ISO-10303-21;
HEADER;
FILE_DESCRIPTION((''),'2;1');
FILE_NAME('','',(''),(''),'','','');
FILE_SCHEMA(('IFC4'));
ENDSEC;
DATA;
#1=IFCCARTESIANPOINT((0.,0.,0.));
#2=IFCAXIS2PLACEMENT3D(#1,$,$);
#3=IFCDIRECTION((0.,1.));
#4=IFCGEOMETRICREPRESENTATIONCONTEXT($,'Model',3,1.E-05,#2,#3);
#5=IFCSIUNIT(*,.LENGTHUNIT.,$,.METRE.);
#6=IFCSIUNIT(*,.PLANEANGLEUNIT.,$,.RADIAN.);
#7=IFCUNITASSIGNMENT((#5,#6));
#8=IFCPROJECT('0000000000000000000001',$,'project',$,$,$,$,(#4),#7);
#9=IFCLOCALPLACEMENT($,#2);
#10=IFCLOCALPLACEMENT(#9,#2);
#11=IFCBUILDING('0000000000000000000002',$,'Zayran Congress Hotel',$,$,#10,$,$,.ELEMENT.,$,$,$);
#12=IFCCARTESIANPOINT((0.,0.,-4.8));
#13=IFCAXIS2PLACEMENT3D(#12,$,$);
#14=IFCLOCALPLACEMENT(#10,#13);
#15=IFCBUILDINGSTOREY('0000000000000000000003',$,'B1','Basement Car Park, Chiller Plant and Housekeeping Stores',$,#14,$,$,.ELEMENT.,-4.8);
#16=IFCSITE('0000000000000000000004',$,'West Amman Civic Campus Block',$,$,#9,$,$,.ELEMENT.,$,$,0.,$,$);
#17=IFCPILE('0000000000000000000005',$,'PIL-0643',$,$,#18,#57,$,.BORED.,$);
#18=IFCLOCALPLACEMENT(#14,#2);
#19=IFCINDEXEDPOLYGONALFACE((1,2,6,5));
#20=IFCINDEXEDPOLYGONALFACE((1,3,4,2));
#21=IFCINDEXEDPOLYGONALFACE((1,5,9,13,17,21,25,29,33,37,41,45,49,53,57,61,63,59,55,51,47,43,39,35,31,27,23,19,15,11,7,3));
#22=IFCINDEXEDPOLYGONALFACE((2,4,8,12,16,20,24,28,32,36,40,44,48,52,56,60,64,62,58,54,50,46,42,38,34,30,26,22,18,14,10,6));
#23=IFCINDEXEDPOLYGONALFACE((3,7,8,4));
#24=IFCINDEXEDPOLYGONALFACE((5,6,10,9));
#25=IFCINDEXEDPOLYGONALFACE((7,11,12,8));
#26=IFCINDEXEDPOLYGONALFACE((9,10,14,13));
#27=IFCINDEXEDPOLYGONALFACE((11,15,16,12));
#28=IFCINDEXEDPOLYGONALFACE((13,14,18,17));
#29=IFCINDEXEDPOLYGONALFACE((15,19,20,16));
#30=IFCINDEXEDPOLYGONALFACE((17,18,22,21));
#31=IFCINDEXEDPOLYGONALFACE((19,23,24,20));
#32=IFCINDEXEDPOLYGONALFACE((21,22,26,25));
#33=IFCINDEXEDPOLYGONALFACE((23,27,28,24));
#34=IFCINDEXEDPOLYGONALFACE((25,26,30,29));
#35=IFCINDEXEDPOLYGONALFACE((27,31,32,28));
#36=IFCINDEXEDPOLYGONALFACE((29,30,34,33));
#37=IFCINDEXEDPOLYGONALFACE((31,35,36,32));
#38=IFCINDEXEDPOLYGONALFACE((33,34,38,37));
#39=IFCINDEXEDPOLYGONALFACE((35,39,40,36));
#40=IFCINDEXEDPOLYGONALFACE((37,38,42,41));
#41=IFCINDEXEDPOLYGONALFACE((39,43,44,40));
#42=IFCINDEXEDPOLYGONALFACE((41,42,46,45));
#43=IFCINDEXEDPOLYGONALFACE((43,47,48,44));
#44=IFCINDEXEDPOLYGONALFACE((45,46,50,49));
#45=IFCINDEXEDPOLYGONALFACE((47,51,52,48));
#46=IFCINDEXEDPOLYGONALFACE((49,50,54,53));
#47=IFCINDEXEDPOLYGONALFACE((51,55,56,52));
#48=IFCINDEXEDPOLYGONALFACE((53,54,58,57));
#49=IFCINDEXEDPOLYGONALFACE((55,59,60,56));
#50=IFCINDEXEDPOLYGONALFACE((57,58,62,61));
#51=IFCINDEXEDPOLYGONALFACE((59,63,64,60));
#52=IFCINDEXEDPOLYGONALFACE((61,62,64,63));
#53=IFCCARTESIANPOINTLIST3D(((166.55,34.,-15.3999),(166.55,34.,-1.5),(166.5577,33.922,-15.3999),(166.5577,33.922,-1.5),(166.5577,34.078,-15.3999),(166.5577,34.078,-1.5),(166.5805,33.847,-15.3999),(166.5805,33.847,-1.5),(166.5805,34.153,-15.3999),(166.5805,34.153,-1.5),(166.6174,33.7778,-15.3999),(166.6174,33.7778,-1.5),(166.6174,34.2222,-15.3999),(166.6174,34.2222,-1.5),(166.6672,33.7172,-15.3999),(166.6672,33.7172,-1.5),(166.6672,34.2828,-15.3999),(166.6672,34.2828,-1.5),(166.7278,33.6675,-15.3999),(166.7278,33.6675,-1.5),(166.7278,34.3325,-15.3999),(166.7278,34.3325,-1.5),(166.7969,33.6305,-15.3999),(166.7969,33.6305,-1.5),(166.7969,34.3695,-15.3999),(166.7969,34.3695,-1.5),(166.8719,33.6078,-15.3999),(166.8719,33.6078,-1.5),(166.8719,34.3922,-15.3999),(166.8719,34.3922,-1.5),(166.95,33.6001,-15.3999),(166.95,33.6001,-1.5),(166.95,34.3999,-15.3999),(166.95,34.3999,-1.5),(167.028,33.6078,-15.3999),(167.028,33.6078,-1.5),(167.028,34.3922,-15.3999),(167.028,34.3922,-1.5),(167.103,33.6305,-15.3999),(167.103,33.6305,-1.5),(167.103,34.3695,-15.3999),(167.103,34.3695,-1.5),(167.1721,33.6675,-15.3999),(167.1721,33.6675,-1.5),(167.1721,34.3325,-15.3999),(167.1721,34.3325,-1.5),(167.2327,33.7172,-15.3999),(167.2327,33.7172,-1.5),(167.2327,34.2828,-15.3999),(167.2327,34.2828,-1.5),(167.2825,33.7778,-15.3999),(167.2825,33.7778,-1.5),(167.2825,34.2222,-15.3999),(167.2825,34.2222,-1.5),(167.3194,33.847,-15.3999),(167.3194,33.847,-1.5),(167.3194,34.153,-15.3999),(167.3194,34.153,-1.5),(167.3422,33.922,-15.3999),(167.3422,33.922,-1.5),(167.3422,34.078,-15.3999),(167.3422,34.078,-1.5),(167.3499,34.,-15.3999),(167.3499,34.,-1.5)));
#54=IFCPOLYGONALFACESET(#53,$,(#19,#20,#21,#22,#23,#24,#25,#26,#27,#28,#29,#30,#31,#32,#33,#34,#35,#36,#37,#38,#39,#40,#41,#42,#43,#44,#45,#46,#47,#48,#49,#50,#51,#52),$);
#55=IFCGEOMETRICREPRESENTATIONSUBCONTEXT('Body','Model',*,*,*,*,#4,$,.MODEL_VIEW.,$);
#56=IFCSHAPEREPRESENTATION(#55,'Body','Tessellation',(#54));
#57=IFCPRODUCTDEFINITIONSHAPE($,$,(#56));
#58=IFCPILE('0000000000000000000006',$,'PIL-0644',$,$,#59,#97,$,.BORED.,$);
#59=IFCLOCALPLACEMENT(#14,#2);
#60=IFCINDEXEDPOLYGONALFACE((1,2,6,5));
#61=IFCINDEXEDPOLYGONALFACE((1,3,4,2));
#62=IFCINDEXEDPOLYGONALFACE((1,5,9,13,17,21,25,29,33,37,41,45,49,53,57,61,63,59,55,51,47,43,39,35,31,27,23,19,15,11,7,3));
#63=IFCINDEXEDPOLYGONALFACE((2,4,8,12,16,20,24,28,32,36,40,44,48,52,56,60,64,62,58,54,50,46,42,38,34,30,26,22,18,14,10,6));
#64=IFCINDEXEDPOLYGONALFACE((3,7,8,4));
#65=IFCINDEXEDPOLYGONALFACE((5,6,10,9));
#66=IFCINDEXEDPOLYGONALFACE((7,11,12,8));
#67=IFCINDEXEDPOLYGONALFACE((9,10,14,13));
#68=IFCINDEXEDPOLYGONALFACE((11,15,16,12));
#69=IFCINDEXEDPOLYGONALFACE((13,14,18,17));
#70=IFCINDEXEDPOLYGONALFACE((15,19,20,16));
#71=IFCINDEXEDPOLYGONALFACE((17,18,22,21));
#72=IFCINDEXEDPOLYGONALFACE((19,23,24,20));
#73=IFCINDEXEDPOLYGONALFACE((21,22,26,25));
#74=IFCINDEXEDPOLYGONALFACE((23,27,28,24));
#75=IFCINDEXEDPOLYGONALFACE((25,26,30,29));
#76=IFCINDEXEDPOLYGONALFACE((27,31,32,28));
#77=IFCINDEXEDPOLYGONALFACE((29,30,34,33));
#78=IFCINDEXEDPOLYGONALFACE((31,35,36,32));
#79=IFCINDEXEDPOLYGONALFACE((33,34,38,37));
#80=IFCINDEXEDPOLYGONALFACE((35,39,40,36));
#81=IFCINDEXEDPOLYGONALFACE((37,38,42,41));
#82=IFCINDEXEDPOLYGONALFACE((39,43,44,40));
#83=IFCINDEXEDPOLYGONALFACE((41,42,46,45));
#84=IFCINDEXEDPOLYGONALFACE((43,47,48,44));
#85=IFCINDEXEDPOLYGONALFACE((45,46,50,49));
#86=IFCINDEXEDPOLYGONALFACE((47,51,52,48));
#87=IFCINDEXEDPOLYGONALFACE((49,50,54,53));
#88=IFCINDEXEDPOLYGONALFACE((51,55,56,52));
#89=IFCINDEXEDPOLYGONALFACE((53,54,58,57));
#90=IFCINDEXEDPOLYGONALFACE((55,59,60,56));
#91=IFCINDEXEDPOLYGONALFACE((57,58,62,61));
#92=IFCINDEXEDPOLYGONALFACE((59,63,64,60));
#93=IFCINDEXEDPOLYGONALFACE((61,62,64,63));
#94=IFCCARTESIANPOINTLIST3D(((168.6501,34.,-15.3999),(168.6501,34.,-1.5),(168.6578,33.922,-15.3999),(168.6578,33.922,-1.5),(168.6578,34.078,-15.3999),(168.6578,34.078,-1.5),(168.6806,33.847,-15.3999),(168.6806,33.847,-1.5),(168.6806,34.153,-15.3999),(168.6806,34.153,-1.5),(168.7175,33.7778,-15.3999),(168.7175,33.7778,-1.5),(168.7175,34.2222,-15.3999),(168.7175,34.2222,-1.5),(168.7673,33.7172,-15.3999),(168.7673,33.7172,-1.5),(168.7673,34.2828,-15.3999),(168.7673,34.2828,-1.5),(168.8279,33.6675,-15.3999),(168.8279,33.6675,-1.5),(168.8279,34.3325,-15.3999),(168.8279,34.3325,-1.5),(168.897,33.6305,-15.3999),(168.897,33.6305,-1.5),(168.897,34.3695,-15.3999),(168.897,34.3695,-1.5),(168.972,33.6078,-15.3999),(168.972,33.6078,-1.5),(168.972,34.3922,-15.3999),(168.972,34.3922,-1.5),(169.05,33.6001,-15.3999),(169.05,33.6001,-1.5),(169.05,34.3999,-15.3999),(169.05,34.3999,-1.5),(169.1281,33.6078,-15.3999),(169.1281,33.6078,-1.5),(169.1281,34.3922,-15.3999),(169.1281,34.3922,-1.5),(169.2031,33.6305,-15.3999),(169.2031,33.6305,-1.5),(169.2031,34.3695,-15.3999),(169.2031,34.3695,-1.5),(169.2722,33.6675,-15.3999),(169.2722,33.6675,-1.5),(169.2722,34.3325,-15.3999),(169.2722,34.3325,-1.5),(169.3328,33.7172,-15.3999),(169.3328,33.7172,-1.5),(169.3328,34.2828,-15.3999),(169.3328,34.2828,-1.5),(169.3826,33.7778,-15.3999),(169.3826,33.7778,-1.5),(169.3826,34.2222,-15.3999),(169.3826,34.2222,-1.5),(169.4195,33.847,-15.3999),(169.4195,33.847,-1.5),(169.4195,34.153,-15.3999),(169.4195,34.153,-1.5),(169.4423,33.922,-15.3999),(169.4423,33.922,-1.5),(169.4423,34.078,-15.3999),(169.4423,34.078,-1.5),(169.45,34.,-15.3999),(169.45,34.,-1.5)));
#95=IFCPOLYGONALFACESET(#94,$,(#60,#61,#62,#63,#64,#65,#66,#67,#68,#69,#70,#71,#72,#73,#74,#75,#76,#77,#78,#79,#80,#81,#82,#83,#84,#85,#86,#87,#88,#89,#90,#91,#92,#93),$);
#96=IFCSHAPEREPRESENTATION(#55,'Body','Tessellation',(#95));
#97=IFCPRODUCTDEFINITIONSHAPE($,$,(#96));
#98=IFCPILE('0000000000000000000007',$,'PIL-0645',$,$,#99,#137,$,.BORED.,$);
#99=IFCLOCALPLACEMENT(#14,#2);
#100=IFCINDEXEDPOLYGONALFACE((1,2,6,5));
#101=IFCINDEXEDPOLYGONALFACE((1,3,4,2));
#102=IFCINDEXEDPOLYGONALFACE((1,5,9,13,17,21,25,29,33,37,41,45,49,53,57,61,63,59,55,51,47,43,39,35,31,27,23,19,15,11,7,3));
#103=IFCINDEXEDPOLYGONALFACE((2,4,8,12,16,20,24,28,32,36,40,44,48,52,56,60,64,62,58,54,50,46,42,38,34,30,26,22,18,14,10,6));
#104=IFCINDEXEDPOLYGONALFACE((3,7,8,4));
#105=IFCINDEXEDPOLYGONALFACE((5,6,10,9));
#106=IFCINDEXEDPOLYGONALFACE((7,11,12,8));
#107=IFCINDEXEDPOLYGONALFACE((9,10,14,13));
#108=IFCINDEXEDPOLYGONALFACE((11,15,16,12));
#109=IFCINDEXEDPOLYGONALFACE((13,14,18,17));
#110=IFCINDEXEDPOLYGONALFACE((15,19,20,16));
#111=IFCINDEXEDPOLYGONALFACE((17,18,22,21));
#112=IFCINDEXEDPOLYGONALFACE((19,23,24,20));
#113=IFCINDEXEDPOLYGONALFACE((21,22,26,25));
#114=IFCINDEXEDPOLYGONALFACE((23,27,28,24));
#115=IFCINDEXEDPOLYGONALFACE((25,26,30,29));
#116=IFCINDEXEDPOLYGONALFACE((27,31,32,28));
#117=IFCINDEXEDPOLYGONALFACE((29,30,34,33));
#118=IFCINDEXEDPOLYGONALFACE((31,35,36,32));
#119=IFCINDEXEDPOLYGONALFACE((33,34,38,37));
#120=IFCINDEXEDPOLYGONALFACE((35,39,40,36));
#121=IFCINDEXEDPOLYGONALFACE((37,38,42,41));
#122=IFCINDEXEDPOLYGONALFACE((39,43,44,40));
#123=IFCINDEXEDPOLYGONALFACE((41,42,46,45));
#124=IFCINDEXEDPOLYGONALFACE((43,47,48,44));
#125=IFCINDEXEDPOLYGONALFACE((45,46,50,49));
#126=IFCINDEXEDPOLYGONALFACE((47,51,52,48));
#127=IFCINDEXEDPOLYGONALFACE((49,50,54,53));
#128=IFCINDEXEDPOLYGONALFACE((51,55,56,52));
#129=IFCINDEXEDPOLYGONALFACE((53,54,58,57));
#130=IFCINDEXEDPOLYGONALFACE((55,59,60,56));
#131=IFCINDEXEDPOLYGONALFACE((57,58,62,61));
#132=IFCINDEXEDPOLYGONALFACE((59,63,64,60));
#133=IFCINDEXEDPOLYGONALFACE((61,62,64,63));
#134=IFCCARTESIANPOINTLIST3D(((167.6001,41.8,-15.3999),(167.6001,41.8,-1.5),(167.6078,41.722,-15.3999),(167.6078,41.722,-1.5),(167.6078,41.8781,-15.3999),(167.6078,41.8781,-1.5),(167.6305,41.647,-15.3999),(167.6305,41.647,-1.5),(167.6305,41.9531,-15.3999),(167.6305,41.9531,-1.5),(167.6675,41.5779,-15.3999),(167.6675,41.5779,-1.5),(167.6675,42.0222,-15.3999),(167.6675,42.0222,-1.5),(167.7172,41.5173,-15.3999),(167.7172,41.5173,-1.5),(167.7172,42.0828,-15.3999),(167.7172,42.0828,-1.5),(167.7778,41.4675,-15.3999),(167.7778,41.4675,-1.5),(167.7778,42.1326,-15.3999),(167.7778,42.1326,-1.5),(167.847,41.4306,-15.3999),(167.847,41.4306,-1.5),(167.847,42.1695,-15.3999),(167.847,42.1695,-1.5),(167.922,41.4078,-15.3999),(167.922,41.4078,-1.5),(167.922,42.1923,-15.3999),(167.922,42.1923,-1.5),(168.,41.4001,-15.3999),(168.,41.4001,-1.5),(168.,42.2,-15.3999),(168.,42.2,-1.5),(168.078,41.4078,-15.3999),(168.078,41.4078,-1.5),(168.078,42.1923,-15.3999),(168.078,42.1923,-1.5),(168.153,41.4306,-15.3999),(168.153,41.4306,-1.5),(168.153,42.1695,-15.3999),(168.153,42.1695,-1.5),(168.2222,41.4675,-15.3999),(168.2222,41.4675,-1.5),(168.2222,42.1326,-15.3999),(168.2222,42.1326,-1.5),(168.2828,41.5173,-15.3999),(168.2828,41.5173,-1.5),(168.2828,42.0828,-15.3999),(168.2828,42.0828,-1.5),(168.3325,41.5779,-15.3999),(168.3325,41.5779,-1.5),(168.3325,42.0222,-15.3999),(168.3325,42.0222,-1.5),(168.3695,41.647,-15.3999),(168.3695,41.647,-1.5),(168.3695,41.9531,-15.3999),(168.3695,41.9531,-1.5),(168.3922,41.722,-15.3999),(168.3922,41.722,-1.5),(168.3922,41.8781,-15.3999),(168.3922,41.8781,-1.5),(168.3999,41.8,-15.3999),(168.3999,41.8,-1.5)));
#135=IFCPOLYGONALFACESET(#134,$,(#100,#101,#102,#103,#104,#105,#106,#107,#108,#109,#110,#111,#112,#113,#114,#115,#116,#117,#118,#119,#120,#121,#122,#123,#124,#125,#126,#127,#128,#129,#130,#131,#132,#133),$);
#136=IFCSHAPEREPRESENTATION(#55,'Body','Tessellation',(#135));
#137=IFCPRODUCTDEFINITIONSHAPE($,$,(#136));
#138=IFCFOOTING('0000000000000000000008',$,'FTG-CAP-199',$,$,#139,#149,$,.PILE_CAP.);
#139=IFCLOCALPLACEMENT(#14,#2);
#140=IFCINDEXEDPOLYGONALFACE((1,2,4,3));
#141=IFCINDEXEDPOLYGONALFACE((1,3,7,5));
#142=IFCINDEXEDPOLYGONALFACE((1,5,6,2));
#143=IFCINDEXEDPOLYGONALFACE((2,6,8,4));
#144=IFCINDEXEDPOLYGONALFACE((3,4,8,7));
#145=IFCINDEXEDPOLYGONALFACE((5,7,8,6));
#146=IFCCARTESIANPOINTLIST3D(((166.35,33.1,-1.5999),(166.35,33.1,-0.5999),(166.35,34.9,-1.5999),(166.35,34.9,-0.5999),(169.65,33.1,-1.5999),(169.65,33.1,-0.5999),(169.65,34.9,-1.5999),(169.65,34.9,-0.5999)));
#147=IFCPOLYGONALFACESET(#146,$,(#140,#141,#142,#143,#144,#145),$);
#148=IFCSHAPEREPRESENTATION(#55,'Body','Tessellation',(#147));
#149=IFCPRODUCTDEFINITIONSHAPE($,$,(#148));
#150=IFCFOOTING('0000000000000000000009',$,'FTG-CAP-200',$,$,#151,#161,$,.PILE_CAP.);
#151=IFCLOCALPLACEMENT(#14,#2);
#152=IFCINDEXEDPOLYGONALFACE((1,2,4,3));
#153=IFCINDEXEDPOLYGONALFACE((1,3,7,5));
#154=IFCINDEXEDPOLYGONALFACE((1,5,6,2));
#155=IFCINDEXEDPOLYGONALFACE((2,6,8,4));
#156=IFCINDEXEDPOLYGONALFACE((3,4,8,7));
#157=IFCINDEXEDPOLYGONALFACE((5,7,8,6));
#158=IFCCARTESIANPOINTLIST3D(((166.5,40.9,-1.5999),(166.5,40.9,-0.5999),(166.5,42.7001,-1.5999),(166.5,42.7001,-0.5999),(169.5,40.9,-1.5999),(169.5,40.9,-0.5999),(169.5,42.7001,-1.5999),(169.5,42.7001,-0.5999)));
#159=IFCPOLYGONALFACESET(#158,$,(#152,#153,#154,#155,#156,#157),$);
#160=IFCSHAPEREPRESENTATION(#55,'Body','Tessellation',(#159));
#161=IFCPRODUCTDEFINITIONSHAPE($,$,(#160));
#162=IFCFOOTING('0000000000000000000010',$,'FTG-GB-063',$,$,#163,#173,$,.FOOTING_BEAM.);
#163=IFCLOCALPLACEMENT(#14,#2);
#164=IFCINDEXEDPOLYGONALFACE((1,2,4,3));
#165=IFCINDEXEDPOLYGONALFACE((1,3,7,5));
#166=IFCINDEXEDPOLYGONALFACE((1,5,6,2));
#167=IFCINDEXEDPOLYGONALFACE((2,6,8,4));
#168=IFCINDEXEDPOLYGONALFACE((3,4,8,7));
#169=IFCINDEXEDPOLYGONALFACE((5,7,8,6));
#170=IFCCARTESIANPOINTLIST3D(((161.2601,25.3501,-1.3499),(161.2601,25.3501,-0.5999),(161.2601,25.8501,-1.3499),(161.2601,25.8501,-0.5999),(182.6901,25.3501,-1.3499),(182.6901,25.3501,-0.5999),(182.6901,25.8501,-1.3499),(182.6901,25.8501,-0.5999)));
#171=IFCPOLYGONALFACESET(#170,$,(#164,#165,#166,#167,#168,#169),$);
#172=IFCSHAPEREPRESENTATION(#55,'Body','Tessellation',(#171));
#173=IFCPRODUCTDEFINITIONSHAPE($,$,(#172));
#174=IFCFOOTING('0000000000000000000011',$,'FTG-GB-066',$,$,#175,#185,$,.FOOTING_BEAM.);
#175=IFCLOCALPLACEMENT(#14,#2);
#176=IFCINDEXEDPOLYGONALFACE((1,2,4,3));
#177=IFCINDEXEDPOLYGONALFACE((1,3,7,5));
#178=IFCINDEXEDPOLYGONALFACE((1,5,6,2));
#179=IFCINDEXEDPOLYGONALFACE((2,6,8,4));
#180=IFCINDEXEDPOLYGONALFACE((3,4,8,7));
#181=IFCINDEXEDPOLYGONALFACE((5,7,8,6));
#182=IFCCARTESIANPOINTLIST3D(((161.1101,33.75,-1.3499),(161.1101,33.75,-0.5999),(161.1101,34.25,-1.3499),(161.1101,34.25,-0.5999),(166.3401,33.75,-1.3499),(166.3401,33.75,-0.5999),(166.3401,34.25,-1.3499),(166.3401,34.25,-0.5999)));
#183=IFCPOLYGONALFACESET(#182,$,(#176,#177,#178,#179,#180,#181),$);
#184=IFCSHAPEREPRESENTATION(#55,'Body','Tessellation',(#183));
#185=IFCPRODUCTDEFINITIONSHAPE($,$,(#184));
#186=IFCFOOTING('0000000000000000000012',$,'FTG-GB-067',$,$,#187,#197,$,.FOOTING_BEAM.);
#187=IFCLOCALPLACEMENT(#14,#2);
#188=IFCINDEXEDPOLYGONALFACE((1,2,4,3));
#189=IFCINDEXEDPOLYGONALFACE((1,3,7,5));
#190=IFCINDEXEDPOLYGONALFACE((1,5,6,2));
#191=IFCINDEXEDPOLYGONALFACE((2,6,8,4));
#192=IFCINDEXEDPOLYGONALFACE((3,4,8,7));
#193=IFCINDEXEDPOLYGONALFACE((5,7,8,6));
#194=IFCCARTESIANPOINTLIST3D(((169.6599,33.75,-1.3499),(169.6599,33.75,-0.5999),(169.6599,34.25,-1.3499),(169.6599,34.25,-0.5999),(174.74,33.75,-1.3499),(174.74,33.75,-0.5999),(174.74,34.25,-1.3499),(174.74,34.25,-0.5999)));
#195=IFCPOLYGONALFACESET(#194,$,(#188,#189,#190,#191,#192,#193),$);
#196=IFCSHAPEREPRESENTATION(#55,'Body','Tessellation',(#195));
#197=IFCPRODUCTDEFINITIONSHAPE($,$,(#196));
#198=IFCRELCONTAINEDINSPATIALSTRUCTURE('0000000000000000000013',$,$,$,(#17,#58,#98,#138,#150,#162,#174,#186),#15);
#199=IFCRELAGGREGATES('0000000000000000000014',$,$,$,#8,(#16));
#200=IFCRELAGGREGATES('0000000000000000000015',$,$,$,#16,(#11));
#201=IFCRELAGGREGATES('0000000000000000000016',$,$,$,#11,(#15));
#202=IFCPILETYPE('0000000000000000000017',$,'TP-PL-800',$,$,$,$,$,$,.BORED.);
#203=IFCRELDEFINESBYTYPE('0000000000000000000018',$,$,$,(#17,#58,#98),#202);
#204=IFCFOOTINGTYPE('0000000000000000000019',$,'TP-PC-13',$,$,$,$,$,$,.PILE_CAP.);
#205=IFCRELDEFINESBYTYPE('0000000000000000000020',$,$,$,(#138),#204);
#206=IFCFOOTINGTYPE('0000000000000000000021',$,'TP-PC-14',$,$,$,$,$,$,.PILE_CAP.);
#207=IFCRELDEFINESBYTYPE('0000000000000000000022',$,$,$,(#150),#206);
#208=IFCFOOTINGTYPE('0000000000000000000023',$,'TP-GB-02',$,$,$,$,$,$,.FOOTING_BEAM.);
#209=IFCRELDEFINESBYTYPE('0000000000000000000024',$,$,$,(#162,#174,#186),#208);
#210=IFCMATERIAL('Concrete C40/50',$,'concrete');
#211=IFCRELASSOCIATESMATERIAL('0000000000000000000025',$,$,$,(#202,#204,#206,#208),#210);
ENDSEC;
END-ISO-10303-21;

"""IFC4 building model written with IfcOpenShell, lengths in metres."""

from ifc_helpers import new_model, si_unit, direction, frame, origin, origin_2d, place, context, subcontext, project, spatial, rectangle, circle, extrude, material, material_profile, profile_set, type_object, element, save


model = new_model("IFC4")

# Units and contexts
model_context = context("Model", 3, precision=1e-05, world=origin(), true_north=direction((0.0, 1.0)))
body_context = subcontext(model_context, "Body", "Model", "MODEL_VIEW")
ifc_project = project(units=[si_unit("LENGTHUNIT", "METRE"), si_unit("PLANEANGLEUNIT", "RADIAN")], contexts=[model_context])

# Site, building, storey
site_placement = place(None, origin())
site = spatial("IfcSite", under=ifc_project, at=site_placement, Name="West Amman Civic Campus Block", CompositionType="ELEMENT", RefElevation=0.0)
building_placement = place(site_placement, origin())
building = spatial("IfcBuilding", under=site, at=building_placement, Name="Zayran Congress Hotel", CompositionType="ELEMENT")
storey_placement = place(building_placement, frame((0.0, 0.0, -4.8)))
storey = spatial("IfcBuildingStorey", under=building, at=storey_placement, Name="B1", Description="Basement Car Park, Chiller Plant and Housekeeping Stores", CompositionType="ELEMENT", Elevation=-4.8)

# Piles
ifc_material_1 = material(Name="Concrete C40/50", Category="concrete")
ifc_material_profile_1 = material_profile(ifc_material_1, circle(Radius=0.3999, at=origin_2d()), Name="PILE D800")
ifc_profile_set_1 = profile_set([ifc_material_profile_1], Name="Concrete C40/50")
pile_type_1 = type_object("IfcPileType", Name="TP-PL-800", PredefinedType="BORED", material=ifc_profile_set_1)
for number, where, z_axis, x_axis, name in (
    (1, (166.95, 34.0, -1.5), (0.0, 0.0, -1.0), (1.0, 0.0, 0.0), "PIL-0643"),
    (2, (169.05, 34.0, -1.5), (0.0, 0.0, -1.0), (1.0, 0.0, 0.0), "PIL-0644"),
    (3, (168.0, 41.8, -1.5), (0.0, 0.0, -1.0), (1.0, 0.0, 0.0), "PIL-0645"),
):
    element("IfcPile", number, at=place(storey_placement, frame(where, z_axis=z_axis, x_axis=x_axis)), inside=storey, type_object=pile_type_1, Name=name, PredefinedType="BORED", context=body_context, shape_type="SweptSolid", body=[
        extrude(circle(Radius=0.3999, at=origin_2d()), origin(), (0.0, 0.0, 1.0), 13.8999),
    ])

# Footings
footing_type_1 = type_object("IfcFootingType", Name="TP-PC-13", PredefinedType="PILE_CAP", material=ifc_material_1)
footing_1_placement = place(storey_placement, frame((168.0, 34.0, -1.5999), z_axis=(0.0, 0.0, 1.0), x_axis=(1.0, 0.0, 0.0)))
element("IfcFooting", 4, at=footing_1_placement, inside=storey, type_object=footing_type_1, Name="FTG-CAP-199", PredefinedType="PILE_CAP", context=body_context, shape_type="SweptSolid", body=[
    extrude(rectangle(XDim=3.3, YDim=1.8, at=origin_2d()), origin(), (0.0, 0.0, 1.0), 1.0),
])
footing_type_2 = type_object("IfcFootingType", Name="TP-PC-14", PredefinedType="PILE_CAP", material=ifc_material_1)
footing_2_placement = place(storey_placement, frame((168.0, 41.8, -1.5999), z_axis=(0.0, 0.0, 1.0), x_axis=(1.0, 0.0, 0.0)))
element("IfcFooting", 5, at=footing_2_placement, inside=storey, type_object=footing_type_2, Name="FTG-CAP-200", PredefinedType="PILE_CAP", context=body_context, shape_type="SweptSolid", body=[
    extrude(rectangle(XDim=3.0, YDim=1.8, at=origin_2d()), origin(), (0.0, 0.0, 1.0), 1.0),
])
footing_type_3 = type_object("IfcFootingType", Name="TP-GB-02", PredefinedType="FOOTING_BEAM", material=ifc_material_1)
footing_3_placement = place(storey_placement, frame((171.9751, 25.6001, -1.3499), z_axis=(0.0, 0.0, 1.0), x_axis=(1.0, 0.0, 0.0)))
element("IfcFooting", 6, at=footing_3_placement, inside=storey, type_object=footing_type_3, Name="FTG-GB-063", PredefinedType="FOOTING_BEAM", context=body_context, shape_type="SweptSolid", body=[
    extrude(rectangle(XDim=21.4299, YDim=0.5, at=origin_2d()), origin(), (0.0, 0.0, 1.0), 0.75),
])
footing_4_placement = place(storey_placement, frame((163.7251, 34.0, -1.3499), z_axis=(0.0, 0.0, 1.0), x_axis=(1.0, 0.0, 0.0)))
element("IfcFooting", 7, at=footing_4_placement, inside=storey, type_object=footing_type_3, Name="FTG-GB-066", PredefinedType="FOOTING_BEAM", context=body_context, shape_type="SweptSolid", body=[
    extrude(rectangle(XDim=5.23, YDim=0.5, at=origin_2d()), origin(), (0.0, 0.0, 1.0), 0.75),
])
footing_5_placement = place(storey_placement, frame((172.2, 34.0, -1.3499), z_axis=(0.0, 0.0, 1.0), x_axis=(1.0, 0.0, 0.0)))
element("IfcFooting", 8, at=footing_5_placement, inside=storey, type_object=footing_type_3, Name="FTG-GB-067", PredefinedType="FOOTING_BEAM", context=body_context, shape_type="SweptSolid", body=[
    extrude(rectangle(XDim=5.0801, YDim=0.5, at=origin_2d()), origin(), (0.0, 0.0, 1.0), 0.75),
])

save(model, "model.ifc")
